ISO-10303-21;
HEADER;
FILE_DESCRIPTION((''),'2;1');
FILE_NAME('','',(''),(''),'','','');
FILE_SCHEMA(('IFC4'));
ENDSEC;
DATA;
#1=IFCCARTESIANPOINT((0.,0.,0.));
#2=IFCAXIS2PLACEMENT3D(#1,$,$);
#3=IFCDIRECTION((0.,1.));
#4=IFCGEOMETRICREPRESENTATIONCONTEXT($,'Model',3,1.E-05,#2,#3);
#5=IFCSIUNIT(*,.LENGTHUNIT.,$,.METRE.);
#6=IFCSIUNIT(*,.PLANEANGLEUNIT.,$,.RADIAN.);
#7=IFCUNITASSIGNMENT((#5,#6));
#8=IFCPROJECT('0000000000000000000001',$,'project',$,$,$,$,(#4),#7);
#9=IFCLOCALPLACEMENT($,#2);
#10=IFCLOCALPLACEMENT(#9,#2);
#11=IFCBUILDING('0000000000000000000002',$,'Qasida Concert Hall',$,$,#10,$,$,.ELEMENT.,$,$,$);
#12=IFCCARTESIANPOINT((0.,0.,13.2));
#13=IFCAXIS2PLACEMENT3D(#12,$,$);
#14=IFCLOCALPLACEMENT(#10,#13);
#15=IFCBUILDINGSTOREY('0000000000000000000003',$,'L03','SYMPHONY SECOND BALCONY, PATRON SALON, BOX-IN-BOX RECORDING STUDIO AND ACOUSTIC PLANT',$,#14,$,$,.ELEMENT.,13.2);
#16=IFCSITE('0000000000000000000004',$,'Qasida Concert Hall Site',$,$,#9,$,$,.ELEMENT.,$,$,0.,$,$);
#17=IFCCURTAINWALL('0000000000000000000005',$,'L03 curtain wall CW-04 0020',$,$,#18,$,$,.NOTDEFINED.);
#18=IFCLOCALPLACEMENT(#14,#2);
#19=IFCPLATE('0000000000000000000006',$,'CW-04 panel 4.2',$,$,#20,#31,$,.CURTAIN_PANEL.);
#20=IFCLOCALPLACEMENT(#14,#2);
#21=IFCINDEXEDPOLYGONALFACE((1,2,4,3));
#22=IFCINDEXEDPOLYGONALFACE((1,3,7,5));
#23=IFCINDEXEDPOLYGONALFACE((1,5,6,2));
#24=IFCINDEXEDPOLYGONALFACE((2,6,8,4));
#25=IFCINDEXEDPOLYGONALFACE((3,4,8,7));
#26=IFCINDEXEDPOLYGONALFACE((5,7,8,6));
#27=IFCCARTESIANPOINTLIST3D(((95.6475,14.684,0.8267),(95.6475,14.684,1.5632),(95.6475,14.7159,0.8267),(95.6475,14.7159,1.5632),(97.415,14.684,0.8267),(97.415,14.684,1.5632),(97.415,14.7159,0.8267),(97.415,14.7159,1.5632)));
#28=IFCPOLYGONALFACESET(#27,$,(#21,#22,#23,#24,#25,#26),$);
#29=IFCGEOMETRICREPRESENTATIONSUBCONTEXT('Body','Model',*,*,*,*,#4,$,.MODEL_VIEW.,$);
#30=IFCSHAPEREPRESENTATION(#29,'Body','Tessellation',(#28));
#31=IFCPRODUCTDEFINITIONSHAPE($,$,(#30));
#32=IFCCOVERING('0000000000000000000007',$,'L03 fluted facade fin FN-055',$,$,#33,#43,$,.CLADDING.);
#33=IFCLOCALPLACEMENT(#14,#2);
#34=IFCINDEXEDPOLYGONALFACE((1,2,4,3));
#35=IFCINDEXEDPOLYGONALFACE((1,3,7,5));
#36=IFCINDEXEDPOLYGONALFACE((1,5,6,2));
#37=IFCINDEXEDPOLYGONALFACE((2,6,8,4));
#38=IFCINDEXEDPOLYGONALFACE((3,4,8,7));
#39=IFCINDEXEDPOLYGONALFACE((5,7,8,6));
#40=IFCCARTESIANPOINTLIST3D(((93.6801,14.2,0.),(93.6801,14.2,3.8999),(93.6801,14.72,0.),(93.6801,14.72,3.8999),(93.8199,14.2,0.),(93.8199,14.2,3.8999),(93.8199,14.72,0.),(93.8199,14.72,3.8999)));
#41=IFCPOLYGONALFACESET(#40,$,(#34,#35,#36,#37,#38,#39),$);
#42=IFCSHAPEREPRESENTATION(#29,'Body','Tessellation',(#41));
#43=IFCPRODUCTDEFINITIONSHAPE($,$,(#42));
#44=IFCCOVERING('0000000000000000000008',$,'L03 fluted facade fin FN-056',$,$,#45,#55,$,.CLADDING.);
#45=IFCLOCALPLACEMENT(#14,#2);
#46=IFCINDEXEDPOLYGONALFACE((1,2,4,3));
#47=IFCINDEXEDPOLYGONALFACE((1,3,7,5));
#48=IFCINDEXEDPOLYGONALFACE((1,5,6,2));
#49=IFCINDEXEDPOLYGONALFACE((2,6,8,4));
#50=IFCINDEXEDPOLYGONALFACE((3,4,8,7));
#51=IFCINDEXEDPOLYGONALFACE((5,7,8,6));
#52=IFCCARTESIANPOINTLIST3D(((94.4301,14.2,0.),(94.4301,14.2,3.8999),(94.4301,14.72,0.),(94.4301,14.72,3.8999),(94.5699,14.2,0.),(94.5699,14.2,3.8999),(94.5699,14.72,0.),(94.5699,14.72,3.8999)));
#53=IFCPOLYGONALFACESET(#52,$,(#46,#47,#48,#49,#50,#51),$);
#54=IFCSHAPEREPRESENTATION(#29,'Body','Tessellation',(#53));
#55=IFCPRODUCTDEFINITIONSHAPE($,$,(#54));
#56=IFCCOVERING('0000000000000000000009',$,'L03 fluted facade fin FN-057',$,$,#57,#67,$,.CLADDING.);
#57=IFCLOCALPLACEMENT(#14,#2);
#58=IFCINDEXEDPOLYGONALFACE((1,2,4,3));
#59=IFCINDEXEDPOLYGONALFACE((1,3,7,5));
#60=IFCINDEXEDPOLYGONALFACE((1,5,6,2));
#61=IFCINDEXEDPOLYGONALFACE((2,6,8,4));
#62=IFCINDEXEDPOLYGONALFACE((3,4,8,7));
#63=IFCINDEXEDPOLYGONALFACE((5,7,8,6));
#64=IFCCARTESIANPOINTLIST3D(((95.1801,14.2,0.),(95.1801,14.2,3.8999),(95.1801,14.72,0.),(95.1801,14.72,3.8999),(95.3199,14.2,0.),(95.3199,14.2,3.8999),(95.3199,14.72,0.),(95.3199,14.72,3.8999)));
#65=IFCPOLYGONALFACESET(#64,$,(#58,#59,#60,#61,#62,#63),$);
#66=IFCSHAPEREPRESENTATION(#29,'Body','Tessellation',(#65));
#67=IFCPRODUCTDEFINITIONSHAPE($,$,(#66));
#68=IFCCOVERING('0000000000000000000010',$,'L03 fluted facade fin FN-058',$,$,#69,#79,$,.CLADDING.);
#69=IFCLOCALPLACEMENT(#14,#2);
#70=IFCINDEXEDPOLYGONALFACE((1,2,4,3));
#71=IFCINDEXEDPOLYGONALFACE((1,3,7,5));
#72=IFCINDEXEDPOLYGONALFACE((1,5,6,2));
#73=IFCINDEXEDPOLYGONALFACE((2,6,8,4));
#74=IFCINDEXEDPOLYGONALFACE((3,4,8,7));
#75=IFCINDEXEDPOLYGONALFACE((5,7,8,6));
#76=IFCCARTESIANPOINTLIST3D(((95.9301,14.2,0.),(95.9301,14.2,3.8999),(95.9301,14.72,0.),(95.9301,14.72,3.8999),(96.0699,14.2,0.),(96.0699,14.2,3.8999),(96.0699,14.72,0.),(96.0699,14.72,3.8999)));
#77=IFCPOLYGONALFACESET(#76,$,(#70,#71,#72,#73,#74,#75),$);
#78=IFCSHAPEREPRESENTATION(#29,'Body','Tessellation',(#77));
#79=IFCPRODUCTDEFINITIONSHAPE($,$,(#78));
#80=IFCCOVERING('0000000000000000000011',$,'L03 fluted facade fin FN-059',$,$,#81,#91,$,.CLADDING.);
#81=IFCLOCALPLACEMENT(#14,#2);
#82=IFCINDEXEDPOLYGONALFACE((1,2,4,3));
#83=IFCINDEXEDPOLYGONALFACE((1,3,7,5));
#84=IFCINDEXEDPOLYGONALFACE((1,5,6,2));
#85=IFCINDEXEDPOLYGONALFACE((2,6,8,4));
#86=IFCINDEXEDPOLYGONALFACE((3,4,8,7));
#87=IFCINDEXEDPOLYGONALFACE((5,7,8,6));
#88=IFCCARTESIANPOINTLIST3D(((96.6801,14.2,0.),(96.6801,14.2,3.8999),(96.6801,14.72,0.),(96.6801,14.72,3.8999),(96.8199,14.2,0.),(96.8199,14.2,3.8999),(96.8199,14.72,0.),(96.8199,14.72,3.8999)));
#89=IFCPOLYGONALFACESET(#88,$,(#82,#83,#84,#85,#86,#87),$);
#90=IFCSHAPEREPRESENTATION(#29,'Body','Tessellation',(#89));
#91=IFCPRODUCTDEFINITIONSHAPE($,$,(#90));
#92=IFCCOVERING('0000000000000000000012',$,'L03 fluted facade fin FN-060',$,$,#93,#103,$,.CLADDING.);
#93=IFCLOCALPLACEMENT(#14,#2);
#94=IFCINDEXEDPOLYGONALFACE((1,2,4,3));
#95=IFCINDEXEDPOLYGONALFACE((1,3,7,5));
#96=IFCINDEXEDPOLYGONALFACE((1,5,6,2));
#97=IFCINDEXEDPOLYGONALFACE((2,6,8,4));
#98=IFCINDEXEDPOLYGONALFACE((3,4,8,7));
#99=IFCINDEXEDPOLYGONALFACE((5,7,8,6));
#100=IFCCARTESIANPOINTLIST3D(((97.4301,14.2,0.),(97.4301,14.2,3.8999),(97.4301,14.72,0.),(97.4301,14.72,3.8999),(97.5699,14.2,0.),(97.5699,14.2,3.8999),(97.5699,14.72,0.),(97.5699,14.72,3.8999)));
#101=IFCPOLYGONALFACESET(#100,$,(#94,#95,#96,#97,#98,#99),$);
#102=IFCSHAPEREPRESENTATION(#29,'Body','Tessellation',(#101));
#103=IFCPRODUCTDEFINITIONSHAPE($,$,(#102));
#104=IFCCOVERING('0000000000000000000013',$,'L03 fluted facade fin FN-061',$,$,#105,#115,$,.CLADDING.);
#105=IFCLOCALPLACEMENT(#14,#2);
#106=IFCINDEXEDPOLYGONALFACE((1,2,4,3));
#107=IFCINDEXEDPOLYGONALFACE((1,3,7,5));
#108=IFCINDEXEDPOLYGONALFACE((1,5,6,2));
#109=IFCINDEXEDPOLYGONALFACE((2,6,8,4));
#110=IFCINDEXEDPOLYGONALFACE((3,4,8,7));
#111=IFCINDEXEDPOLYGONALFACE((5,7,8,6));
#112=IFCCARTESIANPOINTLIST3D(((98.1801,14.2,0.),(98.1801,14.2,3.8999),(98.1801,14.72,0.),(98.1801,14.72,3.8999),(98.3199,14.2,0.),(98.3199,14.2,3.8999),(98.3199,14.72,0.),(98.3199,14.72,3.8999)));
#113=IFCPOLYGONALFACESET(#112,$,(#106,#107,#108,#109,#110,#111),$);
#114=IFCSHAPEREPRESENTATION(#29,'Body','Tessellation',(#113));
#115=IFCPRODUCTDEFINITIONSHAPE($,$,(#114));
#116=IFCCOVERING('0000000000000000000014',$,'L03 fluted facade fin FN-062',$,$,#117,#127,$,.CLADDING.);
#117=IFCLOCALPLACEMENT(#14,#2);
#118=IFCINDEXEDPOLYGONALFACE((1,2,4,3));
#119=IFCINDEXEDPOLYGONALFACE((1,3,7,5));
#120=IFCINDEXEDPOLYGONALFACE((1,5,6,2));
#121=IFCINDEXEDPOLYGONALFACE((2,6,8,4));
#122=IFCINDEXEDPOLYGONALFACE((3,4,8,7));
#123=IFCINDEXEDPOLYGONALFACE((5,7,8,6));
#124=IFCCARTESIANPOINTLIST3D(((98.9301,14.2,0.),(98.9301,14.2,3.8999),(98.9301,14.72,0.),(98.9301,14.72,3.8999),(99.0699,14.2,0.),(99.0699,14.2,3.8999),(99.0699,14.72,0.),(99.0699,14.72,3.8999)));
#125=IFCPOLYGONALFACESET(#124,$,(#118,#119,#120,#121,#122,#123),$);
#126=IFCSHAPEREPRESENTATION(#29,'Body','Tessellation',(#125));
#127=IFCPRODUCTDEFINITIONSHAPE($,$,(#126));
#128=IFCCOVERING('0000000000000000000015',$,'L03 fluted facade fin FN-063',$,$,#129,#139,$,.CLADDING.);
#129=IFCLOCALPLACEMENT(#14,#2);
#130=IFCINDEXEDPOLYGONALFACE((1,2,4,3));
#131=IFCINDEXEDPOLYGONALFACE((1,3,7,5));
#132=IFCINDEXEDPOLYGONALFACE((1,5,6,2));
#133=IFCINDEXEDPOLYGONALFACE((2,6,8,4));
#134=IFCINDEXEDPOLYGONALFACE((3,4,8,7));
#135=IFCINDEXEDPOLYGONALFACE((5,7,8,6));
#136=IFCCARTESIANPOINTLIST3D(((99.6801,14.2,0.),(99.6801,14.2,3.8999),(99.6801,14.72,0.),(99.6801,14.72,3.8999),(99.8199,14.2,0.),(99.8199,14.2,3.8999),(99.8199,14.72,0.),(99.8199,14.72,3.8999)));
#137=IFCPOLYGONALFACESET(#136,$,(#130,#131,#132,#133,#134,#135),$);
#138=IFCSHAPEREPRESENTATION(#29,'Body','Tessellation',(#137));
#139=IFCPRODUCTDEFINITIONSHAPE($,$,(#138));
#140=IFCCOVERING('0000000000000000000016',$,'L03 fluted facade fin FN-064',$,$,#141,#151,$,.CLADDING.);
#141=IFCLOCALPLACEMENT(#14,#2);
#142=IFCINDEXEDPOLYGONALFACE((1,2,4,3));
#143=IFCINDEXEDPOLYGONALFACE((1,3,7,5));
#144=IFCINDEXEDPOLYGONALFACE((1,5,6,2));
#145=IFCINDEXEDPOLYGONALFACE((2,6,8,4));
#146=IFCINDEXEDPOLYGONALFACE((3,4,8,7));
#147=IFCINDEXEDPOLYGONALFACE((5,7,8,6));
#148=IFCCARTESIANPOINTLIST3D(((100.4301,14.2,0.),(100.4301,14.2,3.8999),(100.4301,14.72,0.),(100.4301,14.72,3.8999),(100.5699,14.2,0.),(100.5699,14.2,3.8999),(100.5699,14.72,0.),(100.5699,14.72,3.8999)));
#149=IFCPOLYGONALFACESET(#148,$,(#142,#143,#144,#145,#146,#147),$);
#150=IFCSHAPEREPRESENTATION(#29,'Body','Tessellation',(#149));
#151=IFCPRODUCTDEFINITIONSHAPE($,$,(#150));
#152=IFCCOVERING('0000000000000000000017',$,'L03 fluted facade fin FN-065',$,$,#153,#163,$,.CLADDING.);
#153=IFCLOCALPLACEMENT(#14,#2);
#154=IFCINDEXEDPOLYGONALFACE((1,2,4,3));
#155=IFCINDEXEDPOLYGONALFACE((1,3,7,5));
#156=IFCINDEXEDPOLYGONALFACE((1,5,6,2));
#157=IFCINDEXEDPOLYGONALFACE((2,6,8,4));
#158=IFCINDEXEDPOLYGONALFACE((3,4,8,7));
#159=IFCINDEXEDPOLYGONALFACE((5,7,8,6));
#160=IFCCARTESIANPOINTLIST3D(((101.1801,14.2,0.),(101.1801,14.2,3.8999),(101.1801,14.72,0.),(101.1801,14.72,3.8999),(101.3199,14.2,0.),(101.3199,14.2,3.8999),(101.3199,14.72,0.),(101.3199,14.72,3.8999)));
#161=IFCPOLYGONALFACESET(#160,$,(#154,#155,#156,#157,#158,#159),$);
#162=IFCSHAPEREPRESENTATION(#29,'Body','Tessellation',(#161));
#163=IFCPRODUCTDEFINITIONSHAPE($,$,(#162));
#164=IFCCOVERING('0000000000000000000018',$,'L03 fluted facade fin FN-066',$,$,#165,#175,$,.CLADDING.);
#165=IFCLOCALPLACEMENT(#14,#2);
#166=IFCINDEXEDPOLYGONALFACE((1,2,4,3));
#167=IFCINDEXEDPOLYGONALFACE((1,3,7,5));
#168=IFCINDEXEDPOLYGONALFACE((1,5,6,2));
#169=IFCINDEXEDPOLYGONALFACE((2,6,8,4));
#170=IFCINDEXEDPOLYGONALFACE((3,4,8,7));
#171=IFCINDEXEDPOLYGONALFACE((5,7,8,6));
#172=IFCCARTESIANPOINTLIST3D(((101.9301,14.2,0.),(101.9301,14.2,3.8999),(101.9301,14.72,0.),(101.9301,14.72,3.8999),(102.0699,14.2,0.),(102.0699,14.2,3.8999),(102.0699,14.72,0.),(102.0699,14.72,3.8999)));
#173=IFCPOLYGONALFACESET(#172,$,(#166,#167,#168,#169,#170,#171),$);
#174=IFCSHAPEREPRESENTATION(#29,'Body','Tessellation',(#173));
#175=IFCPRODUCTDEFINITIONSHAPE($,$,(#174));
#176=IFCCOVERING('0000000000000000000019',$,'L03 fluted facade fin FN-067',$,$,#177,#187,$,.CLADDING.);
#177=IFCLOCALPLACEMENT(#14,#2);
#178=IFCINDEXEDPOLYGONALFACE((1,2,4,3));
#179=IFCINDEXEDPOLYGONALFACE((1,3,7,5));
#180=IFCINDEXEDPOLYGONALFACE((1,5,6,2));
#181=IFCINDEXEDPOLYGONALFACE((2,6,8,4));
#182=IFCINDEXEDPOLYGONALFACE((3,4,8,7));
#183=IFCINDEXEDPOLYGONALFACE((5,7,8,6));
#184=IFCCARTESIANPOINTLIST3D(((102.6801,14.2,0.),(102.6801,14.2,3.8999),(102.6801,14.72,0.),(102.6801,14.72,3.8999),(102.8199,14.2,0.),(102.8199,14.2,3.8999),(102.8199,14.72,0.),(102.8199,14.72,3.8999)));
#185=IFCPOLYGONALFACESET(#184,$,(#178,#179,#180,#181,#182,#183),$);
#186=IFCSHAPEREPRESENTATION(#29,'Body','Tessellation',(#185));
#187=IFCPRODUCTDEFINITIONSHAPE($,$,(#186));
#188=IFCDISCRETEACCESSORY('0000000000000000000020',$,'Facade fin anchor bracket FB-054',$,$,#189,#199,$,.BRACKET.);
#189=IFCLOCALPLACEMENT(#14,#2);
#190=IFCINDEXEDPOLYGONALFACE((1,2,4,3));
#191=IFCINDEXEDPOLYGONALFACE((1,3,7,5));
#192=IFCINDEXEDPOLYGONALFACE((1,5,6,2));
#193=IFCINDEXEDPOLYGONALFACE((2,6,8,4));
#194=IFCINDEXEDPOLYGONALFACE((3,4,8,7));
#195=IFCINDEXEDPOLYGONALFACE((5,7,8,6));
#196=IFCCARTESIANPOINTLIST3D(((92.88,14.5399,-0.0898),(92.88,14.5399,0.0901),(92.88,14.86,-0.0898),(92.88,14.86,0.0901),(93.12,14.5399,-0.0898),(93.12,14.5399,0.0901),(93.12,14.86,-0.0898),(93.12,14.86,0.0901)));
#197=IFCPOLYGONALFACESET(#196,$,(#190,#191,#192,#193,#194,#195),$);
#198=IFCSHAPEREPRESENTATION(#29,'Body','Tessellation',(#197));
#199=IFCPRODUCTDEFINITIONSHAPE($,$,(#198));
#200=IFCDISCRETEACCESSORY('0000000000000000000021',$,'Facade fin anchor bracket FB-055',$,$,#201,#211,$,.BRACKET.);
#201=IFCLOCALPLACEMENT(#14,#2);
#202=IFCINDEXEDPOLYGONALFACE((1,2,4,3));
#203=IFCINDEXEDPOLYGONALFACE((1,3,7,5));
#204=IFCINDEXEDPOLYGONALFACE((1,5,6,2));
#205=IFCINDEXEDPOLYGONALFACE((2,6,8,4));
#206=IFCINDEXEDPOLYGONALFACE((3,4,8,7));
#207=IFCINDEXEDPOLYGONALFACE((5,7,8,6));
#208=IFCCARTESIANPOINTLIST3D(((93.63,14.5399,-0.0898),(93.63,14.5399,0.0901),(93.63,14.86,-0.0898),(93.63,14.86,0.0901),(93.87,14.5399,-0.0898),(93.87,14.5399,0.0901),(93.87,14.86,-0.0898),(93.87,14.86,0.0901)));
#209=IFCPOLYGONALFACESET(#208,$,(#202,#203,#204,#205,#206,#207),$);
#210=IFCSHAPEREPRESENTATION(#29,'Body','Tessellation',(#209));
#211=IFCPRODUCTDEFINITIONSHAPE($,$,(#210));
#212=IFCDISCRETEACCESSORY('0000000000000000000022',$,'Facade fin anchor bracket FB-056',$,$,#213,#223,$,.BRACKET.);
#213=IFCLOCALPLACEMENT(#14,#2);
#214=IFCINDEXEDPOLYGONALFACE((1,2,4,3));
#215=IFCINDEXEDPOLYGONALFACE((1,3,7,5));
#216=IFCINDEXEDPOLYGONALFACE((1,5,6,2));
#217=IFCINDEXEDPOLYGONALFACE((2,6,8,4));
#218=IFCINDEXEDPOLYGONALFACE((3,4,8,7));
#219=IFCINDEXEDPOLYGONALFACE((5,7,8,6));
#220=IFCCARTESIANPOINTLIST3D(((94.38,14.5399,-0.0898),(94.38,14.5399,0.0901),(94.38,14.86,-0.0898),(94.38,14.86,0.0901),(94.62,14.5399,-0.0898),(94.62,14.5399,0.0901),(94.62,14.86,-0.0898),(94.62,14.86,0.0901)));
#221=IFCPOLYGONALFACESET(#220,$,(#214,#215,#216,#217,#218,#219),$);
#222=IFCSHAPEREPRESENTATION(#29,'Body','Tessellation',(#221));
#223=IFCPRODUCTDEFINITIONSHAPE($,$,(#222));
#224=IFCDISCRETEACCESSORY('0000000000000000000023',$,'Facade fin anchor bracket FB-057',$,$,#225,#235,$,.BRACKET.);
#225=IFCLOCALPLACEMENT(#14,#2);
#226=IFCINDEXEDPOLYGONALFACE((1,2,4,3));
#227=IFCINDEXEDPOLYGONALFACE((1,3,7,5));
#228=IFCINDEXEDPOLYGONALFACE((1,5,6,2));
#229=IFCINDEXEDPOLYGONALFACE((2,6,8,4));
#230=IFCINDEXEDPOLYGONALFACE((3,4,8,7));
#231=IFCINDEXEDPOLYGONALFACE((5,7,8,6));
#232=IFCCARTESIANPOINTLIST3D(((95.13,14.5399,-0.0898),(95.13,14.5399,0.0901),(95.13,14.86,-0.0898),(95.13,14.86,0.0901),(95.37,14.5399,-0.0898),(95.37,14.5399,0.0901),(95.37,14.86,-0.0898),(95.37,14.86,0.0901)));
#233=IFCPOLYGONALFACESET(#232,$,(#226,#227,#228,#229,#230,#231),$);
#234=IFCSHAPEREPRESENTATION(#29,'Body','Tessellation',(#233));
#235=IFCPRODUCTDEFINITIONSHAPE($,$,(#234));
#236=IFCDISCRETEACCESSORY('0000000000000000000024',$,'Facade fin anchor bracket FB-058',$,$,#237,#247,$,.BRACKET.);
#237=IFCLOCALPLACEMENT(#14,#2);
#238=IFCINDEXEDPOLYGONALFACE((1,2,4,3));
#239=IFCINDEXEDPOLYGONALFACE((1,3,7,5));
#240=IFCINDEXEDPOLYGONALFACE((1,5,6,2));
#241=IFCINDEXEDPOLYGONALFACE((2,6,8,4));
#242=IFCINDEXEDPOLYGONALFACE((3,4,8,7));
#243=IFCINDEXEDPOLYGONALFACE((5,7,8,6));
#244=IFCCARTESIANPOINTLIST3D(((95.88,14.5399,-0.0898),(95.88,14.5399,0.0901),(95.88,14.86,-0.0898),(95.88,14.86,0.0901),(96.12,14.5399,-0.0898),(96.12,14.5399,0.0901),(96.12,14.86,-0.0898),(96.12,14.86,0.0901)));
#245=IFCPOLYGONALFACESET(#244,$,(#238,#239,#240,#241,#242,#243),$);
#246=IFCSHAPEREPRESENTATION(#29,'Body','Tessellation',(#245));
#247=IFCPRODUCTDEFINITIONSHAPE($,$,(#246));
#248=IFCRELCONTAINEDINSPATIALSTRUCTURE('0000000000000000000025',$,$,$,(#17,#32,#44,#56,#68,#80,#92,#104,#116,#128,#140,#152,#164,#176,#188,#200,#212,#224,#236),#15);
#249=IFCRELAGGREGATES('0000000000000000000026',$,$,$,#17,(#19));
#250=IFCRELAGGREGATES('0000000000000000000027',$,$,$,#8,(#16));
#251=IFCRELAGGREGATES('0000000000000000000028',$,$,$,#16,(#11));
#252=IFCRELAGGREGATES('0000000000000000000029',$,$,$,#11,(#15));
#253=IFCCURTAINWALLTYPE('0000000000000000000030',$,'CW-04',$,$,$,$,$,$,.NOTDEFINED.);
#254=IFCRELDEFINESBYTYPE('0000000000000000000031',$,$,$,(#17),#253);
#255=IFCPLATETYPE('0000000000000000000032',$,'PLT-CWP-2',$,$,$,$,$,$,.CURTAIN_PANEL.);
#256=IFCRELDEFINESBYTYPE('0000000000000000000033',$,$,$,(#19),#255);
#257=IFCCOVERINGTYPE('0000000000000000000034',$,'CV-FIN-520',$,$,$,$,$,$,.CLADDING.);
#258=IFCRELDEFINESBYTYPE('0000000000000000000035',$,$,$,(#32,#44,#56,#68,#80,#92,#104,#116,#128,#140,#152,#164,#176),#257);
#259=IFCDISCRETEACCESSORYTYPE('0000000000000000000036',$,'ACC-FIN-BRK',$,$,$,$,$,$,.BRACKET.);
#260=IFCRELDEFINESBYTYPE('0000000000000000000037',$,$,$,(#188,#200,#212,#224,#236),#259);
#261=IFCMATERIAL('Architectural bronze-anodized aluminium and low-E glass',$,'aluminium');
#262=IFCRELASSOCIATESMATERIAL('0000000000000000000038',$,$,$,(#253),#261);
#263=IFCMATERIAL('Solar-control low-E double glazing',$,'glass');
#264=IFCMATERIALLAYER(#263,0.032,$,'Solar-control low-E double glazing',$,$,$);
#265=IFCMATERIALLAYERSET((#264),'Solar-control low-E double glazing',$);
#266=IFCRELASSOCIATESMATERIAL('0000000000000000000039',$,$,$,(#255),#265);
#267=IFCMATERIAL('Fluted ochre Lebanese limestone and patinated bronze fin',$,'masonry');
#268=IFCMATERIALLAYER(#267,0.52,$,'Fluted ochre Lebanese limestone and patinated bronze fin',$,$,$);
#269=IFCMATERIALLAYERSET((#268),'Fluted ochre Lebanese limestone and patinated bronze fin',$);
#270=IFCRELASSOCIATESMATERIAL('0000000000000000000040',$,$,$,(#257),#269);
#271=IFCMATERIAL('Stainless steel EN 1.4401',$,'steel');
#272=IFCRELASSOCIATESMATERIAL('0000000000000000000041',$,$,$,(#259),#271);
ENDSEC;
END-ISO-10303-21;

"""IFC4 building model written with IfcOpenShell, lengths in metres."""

from ifc_helpers import new_model, si_unit, direction, frame, origin, origin_2d, place, context, subcontext, project, spatial, rectangle, extrude, material, layer, layer_set, type_object, element, aggregate, save


model = new_model("IFC4")

# Units and contexts
model_context = context("Model", 3, precision=1e-05, world=origin(), true_north=direction((0.0, 1.0)))
body_context = subcontext(model_context, "Body", "Model", "MODEL_VIEW")
ifc_project = project(units=[si_unit("LENGTHUNIT", "METRE"), si_unit("PLANEANGLEUNIT", "RADIAN")], contexts=[model_context])

# Site, building, storey
site_placement = place(None, origin())
site = spatial("IfcSite", under=ifc_project, at=site_placement, Name="Qasida Concert Hall Site", CompositionType="ELEMENT", RefElevation=0.0)
building_placement = place(site_placement, origin())
building = spatial("IfcBuilding", under=site, at=building_placement, Name="Qasida Concert Hall", CompositionType="ELEMENT")
storey_placement = place(building_placement, frame((0.0, 0.0, 13.2)))
storey = spatial("IfcBuildingStorey", under=building, at=storey_placement, Name="L03", Description="SYMPHONY SECOND BALCONY, PATRON SALON, BOX-IN-BOX RECORDING STUDIO AND ACOUSTIC PLANT", CompositionType="ELEMENT", Elevation=13.2)

# Curtain wall, plate
ifc_material_1 = material(Name="Architectural bronze-anodized aluminium and low-E glass", Category="aluminium")
curtain_wall_type = type_object("IfcCurtainWallType", Name="CW-04", PredefinedType="NOTDEFINED", material=ifc_material_1)
curtain_wall_placement = place(storey_placement, origin())
curtain_wall = element("IfcCurtainWall", 1, at=curtain_wall_placement, inside=storey, type_object=curtain_wall_type, Name="L03 curtain wall CW-04 0020", PredefinedType="NOTDEFINED")
ifc_material_2 = material(Name="Solar-control low-E double glazing", Category="glass")
ifc_layer_1 = layer(ifc_material_2, 0.032, Name="Solar-control low-E double glazing")
ifc_layer_set_1 = layer_set([ifc_layer_1], Name="Solar-control low-E double glazing")
plate_type = type_object("IfcPlateType", Name="PLT-CWP-2", PredefinedType="CURTAIN_PANEL", material=ifc_layer_set_1)
plate_1_placement = place(storey_placement, frame((96.5312, 14.7, 0.8267), z_axis=(0.0, 0.0, 1.0), x_axis=(1.0, 0.0, 0.0)))
plate_1 = element("IfcPlate", 2, at=plate_1_placement, type_object=plate_type, Name="CW-04 panel 4.2", PredefinedType="CURTAIN_PANEL", context=body_context, shape_type="SweptSolid", body=[
    extrude(rectangle(XDim=1.7676, YDim=0.032, at=origin_2d()), origin(), (0.0, 0.0, 1.0), 0.7366),
])
aggregate(curtain_wall, [plate_1])

# Coverings
ifc_material_3 = material(Name="Fluted ochre Lebanese limestone and patinated bronze fin", Category="masonry")
ifc_layer_2 = layer(ifc_material_3, 0.52, Name="Fluted ochre Lebanese limestone and patinated bronze fin")
ifc_layer_set_2 = layer_set([ifc_layer_2], Name="Fluted ochre Lebanese limestone and patinated bronze fin")
covering_type = type_object("IfcCoveringType", Name="CV-FIN-520", PredefinedType="CLADDING", material=ifc_layer_set_2)
for number, where, z_axis, x_axis, name in (
    (3, (93.75, 14.46, 0.0), (0.0, 0.0, 1.0), (1.0, 0.0, 0.0), "L03 fluted facade fin FN-055"),
    (4, (94.5, 14.46, 0.0), (0.0, 0.0, 1.0), (1.0, 0.0, 0.0), "L03 fluted facade fin FN-056"),
    (5, (95.25, 14.46, 0.0), (0.0, 0.0, 1.0), (1.0, 0.0, 0.0), "L03 fluted facade fin FN-057"),
    (6, (96.0, 14.46, 0.0), (0.0, 0.0, 1.0), (1.0, 0.0, 0.0), "L03 fluted facade fin FN-058"),
    (7, (96.75, 14.46, 0.0), (0.0, 0.0, 1.0), (1.0, 0.0, 0.0), "L03 fluted facade fin FN-059"),
    (8, (97.5, 14.46, 0.0), (0.0, 0.0, 1.0), (1.0, 0.0, 0.0), "L03 fluted facade fin FN-060"),
    (9, (98.25, 14.46, 0.0), (0.0, 0.0, 1.0), (1.0, 0.0, 0.0), "L03 fluted facade fin FN-061"),
    (10, (99.0, 14.46, 0.0), (0.0, 0.0, 1.0), (1.0, 0.0, 0.0), "L03 fluted facade fin FN-062"),
    (11, (99.75, 14.46, 0.0), (0.0, 0.0, 1.0), (1.0, 0.0, 0.0), "L03 fluted facade fin FN-063"),
    (12, (100.5, 14.46, 0.0), (0.0, 0.0, 1.0), (1.0, 0.0, 0.0), "L03 fluted facade fin FN-064"),
    (13, (101.25, 14.46, 0.0), (0.0, 0.0, 1.0), (1.0, 0.0, 0.0), "L03 fluted facade fin FN-065"),
    (14, (102.0, 14.46, 0.0), (0.0, 0.0, 1.0), (1.0, 0.0, 0.0), "L03 fluted facade fin FN-066"),
    (15, (102.75, 14.46, 0.0), (0.0, 0.0, 1.0), (1.0, 0.0, 0.0), "L03 fluted facade fin FN-067"),
):
    element("IfcCovering", number, at=place(storey_placement, frame(where, z_axis=z_axis, x_axis=x_axis)), inside=storey, type_object=covering_type, Name=name, PredefinedType="CLADDING", context=body_context, shape_type="SweptSolid", body=[
        extrude(rectangle(XDim=0.1399, YDim=0.52, at=origin_2d()), origin(), (0.0, 0.0, 1.0), 3.8999),
    ])

# Discrete accessories
ifc_material_4 = material(Name="Stainless steel EN 1.4401", Category="steel")
discrete_accessory_type = type_object("IfcDiscreteAccessoryType", Name="ACC-FIN-BRK", PredefinedType="BRACKET", material=ifc_material_4)
for number, where, z_axis, x_axis, name in (
    (16, (93.0, 14.7, -0.0898), (0.0, 0.0, 1.0), (1.0, 0.0, 0.0), "Facade fin anchor bracket FB-054"),
    (17, (93.75, 14.7, -0.0898), (0.0, 0.0, 1.0), (1.0, 0.0, 0.0), "Facade fin anchor bracket FB-055"),
    (18, (94.5, 14.7, -0.0898), (0.0, 0.0, 1.0), (1.0, 0.0, 0.0), "Facade fin anchor bracket FB-056"),
    (19, (95.25, 14.7, -0.0898), (0.0, 0.0, 1.0), (1.0, 0.0, 0.0), "Facade fin anchor bracket FB-057"),
    (20, (96.0, 14.7, -0.0898), (0.0, 0.0, 1.0), (1.0, 0.0, 0.0), "Facade fin anchor bracket FB-058"),
):
    element("IfcDiscreteAccessory", number, at=place(storey_placement, frame(where, z_axis=z_axis, x_axis=x_axis)), inside=storey, type_object=discrete_accessory_type, Name=name, PredefinedType="BRACKET", context=body_context, shape_type="SweptSolid", body=[
        extrude(rectangle(XDim=0.24, YDim=0.3201, at=origin_2d()), origin(), (0.0, 0.0, 1.0), 0.1799),
    ])

save(model, "model.ifc")
